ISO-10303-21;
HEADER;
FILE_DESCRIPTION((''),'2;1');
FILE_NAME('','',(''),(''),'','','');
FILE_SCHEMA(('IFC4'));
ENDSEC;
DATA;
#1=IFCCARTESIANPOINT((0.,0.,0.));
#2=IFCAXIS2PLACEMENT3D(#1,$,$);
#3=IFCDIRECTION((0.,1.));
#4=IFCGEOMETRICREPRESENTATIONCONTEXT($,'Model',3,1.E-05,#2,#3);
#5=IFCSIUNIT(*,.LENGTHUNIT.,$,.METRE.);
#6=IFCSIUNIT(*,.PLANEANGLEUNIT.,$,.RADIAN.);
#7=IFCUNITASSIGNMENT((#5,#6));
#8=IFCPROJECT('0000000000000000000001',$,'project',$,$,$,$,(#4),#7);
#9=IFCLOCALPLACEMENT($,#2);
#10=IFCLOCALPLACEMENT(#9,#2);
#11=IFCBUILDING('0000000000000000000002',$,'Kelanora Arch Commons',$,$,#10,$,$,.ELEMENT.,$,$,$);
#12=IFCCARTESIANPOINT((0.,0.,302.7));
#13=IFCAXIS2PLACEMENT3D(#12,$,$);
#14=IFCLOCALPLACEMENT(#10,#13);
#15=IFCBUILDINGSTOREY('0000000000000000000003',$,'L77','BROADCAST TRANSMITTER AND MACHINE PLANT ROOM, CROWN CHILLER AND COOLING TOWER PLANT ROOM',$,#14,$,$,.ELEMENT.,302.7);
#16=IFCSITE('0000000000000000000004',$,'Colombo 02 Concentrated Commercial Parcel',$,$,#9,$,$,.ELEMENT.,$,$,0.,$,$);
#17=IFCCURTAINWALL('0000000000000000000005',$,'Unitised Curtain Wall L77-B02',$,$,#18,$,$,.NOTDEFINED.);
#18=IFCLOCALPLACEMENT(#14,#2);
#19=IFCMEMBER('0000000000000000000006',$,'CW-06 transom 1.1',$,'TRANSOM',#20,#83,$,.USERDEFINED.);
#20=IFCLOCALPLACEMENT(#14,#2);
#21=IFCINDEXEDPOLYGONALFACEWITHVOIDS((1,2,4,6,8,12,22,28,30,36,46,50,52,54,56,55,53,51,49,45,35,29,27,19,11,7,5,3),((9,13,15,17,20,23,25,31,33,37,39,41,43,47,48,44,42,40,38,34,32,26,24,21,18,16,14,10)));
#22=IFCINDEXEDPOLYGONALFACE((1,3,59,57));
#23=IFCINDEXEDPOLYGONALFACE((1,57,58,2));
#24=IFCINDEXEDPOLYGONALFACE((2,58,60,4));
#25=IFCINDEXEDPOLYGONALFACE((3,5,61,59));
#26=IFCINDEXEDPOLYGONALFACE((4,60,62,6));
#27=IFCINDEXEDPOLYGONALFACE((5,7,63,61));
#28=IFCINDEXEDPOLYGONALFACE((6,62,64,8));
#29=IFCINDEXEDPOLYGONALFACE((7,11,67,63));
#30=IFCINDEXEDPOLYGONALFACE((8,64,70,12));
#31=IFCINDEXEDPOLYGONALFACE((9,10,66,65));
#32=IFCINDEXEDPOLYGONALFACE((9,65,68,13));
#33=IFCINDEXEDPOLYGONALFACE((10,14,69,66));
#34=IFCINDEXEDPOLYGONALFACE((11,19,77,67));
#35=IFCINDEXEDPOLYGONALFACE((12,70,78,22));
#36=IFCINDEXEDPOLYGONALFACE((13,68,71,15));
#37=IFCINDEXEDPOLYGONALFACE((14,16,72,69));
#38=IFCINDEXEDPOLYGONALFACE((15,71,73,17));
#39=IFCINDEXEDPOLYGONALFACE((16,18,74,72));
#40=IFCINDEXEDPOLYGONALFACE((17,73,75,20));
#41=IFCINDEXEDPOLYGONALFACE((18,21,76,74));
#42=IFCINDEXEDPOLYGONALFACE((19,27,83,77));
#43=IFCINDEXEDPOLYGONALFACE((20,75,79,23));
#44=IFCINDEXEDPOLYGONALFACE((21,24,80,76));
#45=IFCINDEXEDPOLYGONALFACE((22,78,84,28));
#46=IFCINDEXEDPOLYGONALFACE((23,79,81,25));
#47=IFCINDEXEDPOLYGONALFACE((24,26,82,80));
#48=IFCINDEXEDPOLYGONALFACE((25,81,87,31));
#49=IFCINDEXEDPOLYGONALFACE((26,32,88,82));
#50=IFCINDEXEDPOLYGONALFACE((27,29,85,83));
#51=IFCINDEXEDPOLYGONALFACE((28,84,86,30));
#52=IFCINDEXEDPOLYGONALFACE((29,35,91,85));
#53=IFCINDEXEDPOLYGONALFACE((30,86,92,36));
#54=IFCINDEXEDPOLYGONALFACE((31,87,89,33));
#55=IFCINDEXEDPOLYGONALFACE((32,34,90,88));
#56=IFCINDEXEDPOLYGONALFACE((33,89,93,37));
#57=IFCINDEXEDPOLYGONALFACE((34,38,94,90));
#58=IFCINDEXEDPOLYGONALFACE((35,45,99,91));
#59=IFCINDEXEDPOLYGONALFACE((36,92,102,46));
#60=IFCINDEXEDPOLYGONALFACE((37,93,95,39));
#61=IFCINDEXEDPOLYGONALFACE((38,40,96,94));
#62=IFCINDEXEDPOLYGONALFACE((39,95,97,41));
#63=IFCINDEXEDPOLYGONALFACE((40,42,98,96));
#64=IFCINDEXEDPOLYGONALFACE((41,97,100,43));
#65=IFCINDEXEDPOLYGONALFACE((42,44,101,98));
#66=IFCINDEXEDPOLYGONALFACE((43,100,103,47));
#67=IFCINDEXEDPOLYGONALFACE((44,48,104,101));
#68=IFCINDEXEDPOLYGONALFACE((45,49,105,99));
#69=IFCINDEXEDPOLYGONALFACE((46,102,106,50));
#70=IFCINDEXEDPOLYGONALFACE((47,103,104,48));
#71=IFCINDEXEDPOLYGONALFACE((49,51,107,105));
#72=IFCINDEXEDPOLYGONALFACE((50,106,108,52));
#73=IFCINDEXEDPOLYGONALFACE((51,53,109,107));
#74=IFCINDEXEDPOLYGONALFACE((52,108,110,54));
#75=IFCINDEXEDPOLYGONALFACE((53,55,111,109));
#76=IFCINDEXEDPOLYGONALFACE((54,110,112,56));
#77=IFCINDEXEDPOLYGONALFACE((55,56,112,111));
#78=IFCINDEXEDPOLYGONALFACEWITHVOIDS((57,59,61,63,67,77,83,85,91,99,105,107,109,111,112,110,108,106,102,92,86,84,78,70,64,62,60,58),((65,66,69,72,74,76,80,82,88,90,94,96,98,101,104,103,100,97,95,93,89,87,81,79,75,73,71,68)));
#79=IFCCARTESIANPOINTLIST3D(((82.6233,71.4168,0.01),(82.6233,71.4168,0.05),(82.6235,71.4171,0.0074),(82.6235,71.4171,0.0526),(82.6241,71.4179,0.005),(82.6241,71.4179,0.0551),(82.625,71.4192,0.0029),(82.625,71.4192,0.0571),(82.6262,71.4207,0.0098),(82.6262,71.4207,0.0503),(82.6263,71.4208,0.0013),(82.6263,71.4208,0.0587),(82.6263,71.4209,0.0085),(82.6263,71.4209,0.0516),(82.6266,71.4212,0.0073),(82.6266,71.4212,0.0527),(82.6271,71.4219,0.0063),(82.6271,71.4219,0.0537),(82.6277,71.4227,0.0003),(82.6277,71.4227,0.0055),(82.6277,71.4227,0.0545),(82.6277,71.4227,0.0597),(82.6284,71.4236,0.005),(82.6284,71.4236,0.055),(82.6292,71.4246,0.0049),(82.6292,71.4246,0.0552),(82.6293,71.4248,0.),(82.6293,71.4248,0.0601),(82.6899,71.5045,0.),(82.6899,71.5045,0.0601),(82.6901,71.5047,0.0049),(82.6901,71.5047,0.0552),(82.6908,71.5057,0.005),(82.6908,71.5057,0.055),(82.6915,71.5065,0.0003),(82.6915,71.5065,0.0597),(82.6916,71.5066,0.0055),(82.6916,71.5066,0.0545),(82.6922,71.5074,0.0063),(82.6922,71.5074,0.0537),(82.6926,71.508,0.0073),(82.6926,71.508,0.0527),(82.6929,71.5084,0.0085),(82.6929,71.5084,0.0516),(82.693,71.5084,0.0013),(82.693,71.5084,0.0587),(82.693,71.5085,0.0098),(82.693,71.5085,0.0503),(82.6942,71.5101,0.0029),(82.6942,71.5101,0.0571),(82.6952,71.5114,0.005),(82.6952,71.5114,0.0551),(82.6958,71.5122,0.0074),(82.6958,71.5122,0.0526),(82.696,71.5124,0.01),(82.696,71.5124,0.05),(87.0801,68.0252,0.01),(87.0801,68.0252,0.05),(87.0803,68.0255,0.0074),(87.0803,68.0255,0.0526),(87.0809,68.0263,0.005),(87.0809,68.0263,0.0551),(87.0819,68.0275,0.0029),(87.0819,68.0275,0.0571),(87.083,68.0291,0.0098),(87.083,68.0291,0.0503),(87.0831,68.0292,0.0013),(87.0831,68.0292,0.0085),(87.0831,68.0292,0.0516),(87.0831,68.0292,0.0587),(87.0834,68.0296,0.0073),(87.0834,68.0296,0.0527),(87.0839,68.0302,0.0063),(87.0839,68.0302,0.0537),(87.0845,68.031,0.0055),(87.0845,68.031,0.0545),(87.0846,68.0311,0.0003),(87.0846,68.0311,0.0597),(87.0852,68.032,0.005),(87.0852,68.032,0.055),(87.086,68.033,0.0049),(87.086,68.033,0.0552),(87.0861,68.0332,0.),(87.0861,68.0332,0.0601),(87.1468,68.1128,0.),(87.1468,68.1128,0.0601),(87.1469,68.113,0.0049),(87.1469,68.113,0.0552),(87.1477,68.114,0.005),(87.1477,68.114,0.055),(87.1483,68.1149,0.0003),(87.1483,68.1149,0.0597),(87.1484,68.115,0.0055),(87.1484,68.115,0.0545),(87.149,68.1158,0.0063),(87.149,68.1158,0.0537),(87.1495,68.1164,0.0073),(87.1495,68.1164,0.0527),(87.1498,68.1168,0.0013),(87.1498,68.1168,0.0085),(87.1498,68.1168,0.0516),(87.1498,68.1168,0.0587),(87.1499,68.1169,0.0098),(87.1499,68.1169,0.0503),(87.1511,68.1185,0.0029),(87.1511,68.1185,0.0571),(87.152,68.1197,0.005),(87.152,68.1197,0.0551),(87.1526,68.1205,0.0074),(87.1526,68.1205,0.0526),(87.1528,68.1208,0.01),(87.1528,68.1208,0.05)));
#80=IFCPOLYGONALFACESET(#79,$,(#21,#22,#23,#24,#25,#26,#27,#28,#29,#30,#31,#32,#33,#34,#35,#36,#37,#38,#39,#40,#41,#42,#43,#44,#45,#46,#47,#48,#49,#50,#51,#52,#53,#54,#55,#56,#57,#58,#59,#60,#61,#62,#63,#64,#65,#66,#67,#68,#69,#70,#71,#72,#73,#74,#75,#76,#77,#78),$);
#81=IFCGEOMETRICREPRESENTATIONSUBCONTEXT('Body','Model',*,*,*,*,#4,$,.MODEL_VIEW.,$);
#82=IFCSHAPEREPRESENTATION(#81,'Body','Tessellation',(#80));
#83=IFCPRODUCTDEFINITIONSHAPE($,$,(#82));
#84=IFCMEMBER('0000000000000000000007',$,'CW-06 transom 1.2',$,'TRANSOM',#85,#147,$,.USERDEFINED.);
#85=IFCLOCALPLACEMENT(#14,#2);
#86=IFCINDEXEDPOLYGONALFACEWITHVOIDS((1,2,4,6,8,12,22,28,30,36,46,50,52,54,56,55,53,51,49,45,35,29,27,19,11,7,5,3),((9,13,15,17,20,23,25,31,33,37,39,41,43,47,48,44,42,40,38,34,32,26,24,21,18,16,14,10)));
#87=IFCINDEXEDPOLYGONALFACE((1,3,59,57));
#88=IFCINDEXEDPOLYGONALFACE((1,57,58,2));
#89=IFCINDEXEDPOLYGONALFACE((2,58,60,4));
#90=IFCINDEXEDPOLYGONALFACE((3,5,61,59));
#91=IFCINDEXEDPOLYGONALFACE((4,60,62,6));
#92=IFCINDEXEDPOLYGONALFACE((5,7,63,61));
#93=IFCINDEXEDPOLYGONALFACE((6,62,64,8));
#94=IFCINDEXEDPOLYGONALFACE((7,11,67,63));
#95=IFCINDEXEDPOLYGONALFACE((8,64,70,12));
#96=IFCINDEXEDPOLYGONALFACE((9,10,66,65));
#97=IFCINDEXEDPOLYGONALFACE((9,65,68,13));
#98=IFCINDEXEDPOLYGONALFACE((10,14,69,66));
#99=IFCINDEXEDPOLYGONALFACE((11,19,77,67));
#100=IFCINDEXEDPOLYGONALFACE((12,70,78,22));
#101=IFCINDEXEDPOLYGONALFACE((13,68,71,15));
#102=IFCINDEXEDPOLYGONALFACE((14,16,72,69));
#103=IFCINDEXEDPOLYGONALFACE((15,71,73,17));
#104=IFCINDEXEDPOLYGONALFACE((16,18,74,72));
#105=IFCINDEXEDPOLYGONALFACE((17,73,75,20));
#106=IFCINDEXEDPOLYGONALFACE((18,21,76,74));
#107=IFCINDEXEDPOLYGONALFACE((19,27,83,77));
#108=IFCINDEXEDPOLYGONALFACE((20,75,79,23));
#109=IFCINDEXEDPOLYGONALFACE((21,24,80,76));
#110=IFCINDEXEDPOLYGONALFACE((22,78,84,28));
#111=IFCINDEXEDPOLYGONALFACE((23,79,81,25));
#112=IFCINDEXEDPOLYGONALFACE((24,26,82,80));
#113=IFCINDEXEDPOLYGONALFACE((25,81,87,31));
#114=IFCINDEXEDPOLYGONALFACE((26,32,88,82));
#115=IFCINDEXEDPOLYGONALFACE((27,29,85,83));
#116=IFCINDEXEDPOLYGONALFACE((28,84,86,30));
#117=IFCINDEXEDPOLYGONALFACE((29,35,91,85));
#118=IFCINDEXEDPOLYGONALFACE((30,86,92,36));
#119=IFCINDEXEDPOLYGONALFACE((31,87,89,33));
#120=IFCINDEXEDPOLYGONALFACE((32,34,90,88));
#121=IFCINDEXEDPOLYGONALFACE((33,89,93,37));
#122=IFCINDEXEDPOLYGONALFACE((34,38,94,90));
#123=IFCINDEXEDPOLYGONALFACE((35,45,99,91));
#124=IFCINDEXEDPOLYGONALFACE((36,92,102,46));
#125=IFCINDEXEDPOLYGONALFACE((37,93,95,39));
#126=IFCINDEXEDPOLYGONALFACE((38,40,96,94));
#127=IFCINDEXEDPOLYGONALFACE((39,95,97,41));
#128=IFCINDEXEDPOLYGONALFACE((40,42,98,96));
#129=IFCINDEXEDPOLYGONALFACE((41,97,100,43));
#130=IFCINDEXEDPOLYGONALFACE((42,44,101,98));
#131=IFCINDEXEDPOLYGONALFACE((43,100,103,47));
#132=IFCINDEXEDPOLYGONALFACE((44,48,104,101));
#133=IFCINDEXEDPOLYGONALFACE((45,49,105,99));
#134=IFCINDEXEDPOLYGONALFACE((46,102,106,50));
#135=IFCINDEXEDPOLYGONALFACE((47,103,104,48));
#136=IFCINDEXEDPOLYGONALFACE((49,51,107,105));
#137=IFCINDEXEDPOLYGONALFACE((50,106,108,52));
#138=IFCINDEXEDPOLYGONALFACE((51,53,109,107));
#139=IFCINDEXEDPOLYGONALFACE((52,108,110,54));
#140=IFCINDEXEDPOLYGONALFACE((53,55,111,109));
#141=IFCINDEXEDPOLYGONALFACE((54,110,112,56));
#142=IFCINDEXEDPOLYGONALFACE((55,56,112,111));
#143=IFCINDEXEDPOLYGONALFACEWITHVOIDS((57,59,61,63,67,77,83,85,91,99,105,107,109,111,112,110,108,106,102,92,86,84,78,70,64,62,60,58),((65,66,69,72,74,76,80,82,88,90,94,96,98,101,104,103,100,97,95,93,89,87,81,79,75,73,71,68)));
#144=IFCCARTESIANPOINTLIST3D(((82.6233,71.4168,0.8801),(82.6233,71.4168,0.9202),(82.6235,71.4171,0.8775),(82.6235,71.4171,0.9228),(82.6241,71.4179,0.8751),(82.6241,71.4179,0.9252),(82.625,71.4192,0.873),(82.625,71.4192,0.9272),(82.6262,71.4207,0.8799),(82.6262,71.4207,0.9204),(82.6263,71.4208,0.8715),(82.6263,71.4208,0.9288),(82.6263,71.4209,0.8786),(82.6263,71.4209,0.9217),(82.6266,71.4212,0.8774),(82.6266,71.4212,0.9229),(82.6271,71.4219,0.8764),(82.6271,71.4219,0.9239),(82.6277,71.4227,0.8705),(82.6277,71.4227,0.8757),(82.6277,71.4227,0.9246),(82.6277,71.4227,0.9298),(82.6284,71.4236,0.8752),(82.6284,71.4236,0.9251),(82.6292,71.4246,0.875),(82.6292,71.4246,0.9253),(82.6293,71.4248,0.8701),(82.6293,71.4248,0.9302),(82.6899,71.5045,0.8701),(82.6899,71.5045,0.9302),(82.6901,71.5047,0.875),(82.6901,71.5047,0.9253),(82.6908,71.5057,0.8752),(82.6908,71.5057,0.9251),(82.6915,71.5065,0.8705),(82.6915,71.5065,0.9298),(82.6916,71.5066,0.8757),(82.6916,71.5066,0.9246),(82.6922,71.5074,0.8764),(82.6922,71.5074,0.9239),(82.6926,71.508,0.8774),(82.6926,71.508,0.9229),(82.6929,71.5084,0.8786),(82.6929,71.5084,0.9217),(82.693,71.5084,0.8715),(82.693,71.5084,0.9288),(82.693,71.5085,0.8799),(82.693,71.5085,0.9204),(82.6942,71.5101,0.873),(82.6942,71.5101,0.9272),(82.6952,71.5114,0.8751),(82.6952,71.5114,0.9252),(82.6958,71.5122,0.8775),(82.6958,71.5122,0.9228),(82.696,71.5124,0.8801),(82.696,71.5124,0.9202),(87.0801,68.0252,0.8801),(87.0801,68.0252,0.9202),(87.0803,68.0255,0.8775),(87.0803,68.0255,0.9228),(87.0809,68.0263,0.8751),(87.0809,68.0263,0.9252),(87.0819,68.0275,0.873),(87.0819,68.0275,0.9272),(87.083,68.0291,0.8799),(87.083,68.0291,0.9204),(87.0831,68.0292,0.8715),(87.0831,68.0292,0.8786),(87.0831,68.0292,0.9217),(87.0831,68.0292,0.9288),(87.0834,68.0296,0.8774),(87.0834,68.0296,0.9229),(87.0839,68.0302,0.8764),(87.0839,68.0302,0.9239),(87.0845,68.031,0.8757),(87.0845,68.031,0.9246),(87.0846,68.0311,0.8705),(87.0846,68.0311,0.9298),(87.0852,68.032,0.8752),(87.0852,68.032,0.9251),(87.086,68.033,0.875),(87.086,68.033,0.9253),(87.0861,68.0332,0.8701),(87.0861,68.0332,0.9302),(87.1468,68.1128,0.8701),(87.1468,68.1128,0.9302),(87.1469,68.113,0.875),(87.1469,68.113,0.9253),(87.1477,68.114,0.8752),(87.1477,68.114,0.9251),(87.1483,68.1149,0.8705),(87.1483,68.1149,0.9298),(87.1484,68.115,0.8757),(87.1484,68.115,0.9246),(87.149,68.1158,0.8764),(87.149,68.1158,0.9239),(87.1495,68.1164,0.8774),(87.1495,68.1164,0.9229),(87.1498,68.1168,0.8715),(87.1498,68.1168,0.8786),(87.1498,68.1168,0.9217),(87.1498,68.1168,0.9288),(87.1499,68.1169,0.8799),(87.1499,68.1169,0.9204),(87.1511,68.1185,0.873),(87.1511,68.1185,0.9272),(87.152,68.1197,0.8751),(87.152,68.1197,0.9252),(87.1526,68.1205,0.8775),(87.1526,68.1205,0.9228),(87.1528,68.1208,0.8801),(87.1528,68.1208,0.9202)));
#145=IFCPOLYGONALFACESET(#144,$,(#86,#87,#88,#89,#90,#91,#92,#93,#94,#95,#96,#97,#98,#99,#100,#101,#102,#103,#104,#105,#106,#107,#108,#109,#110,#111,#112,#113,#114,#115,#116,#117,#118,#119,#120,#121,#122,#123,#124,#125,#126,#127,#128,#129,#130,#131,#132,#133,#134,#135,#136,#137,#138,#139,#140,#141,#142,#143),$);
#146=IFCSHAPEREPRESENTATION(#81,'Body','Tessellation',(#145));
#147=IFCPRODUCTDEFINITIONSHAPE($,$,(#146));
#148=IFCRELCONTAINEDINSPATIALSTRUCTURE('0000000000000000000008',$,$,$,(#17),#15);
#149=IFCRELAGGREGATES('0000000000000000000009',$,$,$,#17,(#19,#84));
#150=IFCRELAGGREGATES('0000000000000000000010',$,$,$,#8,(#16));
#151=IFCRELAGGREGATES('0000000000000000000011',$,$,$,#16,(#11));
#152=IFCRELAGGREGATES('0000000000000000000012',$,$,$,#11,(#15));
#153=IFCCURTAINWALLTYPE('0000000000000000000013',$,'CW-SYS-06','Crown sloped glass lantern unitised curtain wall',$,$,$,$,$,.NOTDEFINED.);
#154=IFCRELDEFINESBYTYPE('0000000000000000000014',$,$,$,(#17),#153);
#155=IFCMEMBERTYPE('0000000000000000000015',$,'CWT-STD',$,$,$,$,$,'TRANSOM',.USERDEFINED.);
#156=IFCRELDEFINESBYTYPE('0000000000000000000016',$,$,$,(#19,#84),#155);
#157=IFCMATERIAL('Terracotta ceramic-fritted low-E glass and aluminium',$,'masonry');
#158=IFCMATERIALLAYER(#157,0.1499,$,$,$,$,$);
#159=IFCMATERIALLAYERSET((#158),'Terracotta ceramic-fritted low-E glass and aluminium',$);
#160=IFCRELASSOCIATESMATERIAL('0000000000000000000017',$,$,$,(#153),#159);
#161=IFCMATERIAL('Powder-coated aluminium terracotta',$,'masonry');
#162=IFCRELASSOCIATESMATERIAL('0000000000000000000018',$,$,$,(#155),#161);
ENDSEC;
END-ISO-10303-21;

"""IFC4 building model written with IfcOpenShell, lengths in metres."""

from ifc_helpers import new_model, si_unit, direction, frame, origin, origin_2d, place, context, subcontext, project, spatial, hollow_rectangle, extrude, material, layer, layer_set, material_profile, profile_set, type_object, element, aggregate, save


model = new_model("IFC4")

# Units and contexts
model_context = context("Model", 3, precision=1e-05, world=origin(), true_north=direction((0.0, 1.0)))
body_context = subcontext(model_context, "Body", "Model", "MODEL_VIEW")
ifc_project = project(units=[si_unit("LENGTHUNIT", "METRE"), si_unit("PLANEANGLEUNIT", "RADIAN")], contexts=[model_context])

# Site, building, storey
site_placement = place(None, origin())
site = spatial("IfcSite", under=ifc_project, at=site_placement, Name="Colombo 02 Concentrated Commercial Parcel", CompositionType="ELEMENT", RefElevation=0.0)
building_placement = place(site_placement, origin())
building = spatial("IfcBuilding", under=site, at=building_placement, Name="Kelanora Arch Commons", CompositionType="ELEMENT")
storey_placement = place(building_placement, frame((0.0, 0.0, 302.7)))
storey = spatial("IfcBuildingStorey", under=building, at=storey_placement, Name="L77", Description="BROADCAST TRANSMITTER AND MACHINE PLANT ROOM, CROWN CHILLER AND COOLING TOWER PLANT ROOM", CompositionType="ELEMENT", Elevation=302.7)

# Shared definitions
ifc_material_1 = material(Name="Terracotta ceramic-fritted low-E glass and aluminium", Category="masonry")
ifc_layer_1 = layer(ifc_material_1, 0.1499)
ifc_layer_set_1 = layer_set([ifc_layer_1], Name="Terracotta ceramic-fritted low-E glass and aluminium")
curtain_wall_type = type_object("IfcCurtainWallType", Name="CW-SYS-06", Description="Crown sloped glass lantern unitised curtain wall", PredefinedType="NOTDEFINED", material=ifc_layer_set_1)
ifc_material_2 = material(Name="Powder-coated aluminium terracotta", Category="masonry")

# Curtain wall
curtain_wall_1_placement = place(storey_placement, origin())
curtain_wall_1 = element("IfcCurtainWall", 1, at=curtain_wall_1_placement, inside=storey, type_object=curtain_wall_type, Name="Unitised Curtain Wall L77-B02", PredefinedType="NOTDEFINED")

# Members
ifc_material_profile_1 = material_profile(ifc_material_2, hollow_rectangle(XDim=0.1201, YDim=0.0601, WallThickness=0.0049, InnerFilletRadius=0.0049, OuterFilletRadius=0.01, at=origin_2d()), Name="CWT120x60")
ifc_profile_set_1 = profile_set([ifc_material_profile_1], Name="Powder-coated aluminium terracotta")
member_type_1 = type_object("IfcMemberType", Name="CWT-STD", ElementType="TRANSOM", PredefinedType="USERDEFINED", material=ifc_profile_set_1)
member_1_placement = place(storey_placement, frame((87.1165, 68.073, 0.03), z_axis=(-0.79578, 0.605586, 0.0), x_axis=(-0.605586, -0.79578, 0.0)))
member_1 = element("IfcMember", 2, at=member_1_placement, type_object=member_type_1, Name="CW-06 transom 1.1", ObjectType="TRANSOM", PredefinedType="USERDEFINED", context=body_context, shape_type="SweptSolid", body=[
    extrude(hollow_rectangle(XDim=0.1201, YDim=0.0601, WallThickness=0.0049, InnerFilletRadius=0.0049, OuterFilletRadius=0.01, at=origin_2d()), origin(), (0.0, 0.0, 1.0), 5.6006),
])
member_2_placement = place(storey_placement, frame((87.1165, 68.073, 0.9001), z_axis=(-0.79578, 0.605586, 0.0), x_axis=(-0.605586, -0.79578, 0.0)))
member_2 = element("IfcMember", 3, at=member_2_placement, type_object=member_type_1, Name="CW-06 transom 1.2", ObjectType="TRANSOM", PredefinedType="USERDEFINED", context=body_context, shape_type="SweptSolid", body=[
    extrude(hollow_rectangle(XDim=0.1201, YDim=0.0601, WallThickness=0.0049, InnerFilletRadius=0.0049, OuterFilletRadius=0.01, at=origin_2d()), origin(), (0.0, 0.0, 1.0), 5.6006),
])

aggregate(curtain_wall_1, [member_1, member_2])

save(model, "model.ifc")
